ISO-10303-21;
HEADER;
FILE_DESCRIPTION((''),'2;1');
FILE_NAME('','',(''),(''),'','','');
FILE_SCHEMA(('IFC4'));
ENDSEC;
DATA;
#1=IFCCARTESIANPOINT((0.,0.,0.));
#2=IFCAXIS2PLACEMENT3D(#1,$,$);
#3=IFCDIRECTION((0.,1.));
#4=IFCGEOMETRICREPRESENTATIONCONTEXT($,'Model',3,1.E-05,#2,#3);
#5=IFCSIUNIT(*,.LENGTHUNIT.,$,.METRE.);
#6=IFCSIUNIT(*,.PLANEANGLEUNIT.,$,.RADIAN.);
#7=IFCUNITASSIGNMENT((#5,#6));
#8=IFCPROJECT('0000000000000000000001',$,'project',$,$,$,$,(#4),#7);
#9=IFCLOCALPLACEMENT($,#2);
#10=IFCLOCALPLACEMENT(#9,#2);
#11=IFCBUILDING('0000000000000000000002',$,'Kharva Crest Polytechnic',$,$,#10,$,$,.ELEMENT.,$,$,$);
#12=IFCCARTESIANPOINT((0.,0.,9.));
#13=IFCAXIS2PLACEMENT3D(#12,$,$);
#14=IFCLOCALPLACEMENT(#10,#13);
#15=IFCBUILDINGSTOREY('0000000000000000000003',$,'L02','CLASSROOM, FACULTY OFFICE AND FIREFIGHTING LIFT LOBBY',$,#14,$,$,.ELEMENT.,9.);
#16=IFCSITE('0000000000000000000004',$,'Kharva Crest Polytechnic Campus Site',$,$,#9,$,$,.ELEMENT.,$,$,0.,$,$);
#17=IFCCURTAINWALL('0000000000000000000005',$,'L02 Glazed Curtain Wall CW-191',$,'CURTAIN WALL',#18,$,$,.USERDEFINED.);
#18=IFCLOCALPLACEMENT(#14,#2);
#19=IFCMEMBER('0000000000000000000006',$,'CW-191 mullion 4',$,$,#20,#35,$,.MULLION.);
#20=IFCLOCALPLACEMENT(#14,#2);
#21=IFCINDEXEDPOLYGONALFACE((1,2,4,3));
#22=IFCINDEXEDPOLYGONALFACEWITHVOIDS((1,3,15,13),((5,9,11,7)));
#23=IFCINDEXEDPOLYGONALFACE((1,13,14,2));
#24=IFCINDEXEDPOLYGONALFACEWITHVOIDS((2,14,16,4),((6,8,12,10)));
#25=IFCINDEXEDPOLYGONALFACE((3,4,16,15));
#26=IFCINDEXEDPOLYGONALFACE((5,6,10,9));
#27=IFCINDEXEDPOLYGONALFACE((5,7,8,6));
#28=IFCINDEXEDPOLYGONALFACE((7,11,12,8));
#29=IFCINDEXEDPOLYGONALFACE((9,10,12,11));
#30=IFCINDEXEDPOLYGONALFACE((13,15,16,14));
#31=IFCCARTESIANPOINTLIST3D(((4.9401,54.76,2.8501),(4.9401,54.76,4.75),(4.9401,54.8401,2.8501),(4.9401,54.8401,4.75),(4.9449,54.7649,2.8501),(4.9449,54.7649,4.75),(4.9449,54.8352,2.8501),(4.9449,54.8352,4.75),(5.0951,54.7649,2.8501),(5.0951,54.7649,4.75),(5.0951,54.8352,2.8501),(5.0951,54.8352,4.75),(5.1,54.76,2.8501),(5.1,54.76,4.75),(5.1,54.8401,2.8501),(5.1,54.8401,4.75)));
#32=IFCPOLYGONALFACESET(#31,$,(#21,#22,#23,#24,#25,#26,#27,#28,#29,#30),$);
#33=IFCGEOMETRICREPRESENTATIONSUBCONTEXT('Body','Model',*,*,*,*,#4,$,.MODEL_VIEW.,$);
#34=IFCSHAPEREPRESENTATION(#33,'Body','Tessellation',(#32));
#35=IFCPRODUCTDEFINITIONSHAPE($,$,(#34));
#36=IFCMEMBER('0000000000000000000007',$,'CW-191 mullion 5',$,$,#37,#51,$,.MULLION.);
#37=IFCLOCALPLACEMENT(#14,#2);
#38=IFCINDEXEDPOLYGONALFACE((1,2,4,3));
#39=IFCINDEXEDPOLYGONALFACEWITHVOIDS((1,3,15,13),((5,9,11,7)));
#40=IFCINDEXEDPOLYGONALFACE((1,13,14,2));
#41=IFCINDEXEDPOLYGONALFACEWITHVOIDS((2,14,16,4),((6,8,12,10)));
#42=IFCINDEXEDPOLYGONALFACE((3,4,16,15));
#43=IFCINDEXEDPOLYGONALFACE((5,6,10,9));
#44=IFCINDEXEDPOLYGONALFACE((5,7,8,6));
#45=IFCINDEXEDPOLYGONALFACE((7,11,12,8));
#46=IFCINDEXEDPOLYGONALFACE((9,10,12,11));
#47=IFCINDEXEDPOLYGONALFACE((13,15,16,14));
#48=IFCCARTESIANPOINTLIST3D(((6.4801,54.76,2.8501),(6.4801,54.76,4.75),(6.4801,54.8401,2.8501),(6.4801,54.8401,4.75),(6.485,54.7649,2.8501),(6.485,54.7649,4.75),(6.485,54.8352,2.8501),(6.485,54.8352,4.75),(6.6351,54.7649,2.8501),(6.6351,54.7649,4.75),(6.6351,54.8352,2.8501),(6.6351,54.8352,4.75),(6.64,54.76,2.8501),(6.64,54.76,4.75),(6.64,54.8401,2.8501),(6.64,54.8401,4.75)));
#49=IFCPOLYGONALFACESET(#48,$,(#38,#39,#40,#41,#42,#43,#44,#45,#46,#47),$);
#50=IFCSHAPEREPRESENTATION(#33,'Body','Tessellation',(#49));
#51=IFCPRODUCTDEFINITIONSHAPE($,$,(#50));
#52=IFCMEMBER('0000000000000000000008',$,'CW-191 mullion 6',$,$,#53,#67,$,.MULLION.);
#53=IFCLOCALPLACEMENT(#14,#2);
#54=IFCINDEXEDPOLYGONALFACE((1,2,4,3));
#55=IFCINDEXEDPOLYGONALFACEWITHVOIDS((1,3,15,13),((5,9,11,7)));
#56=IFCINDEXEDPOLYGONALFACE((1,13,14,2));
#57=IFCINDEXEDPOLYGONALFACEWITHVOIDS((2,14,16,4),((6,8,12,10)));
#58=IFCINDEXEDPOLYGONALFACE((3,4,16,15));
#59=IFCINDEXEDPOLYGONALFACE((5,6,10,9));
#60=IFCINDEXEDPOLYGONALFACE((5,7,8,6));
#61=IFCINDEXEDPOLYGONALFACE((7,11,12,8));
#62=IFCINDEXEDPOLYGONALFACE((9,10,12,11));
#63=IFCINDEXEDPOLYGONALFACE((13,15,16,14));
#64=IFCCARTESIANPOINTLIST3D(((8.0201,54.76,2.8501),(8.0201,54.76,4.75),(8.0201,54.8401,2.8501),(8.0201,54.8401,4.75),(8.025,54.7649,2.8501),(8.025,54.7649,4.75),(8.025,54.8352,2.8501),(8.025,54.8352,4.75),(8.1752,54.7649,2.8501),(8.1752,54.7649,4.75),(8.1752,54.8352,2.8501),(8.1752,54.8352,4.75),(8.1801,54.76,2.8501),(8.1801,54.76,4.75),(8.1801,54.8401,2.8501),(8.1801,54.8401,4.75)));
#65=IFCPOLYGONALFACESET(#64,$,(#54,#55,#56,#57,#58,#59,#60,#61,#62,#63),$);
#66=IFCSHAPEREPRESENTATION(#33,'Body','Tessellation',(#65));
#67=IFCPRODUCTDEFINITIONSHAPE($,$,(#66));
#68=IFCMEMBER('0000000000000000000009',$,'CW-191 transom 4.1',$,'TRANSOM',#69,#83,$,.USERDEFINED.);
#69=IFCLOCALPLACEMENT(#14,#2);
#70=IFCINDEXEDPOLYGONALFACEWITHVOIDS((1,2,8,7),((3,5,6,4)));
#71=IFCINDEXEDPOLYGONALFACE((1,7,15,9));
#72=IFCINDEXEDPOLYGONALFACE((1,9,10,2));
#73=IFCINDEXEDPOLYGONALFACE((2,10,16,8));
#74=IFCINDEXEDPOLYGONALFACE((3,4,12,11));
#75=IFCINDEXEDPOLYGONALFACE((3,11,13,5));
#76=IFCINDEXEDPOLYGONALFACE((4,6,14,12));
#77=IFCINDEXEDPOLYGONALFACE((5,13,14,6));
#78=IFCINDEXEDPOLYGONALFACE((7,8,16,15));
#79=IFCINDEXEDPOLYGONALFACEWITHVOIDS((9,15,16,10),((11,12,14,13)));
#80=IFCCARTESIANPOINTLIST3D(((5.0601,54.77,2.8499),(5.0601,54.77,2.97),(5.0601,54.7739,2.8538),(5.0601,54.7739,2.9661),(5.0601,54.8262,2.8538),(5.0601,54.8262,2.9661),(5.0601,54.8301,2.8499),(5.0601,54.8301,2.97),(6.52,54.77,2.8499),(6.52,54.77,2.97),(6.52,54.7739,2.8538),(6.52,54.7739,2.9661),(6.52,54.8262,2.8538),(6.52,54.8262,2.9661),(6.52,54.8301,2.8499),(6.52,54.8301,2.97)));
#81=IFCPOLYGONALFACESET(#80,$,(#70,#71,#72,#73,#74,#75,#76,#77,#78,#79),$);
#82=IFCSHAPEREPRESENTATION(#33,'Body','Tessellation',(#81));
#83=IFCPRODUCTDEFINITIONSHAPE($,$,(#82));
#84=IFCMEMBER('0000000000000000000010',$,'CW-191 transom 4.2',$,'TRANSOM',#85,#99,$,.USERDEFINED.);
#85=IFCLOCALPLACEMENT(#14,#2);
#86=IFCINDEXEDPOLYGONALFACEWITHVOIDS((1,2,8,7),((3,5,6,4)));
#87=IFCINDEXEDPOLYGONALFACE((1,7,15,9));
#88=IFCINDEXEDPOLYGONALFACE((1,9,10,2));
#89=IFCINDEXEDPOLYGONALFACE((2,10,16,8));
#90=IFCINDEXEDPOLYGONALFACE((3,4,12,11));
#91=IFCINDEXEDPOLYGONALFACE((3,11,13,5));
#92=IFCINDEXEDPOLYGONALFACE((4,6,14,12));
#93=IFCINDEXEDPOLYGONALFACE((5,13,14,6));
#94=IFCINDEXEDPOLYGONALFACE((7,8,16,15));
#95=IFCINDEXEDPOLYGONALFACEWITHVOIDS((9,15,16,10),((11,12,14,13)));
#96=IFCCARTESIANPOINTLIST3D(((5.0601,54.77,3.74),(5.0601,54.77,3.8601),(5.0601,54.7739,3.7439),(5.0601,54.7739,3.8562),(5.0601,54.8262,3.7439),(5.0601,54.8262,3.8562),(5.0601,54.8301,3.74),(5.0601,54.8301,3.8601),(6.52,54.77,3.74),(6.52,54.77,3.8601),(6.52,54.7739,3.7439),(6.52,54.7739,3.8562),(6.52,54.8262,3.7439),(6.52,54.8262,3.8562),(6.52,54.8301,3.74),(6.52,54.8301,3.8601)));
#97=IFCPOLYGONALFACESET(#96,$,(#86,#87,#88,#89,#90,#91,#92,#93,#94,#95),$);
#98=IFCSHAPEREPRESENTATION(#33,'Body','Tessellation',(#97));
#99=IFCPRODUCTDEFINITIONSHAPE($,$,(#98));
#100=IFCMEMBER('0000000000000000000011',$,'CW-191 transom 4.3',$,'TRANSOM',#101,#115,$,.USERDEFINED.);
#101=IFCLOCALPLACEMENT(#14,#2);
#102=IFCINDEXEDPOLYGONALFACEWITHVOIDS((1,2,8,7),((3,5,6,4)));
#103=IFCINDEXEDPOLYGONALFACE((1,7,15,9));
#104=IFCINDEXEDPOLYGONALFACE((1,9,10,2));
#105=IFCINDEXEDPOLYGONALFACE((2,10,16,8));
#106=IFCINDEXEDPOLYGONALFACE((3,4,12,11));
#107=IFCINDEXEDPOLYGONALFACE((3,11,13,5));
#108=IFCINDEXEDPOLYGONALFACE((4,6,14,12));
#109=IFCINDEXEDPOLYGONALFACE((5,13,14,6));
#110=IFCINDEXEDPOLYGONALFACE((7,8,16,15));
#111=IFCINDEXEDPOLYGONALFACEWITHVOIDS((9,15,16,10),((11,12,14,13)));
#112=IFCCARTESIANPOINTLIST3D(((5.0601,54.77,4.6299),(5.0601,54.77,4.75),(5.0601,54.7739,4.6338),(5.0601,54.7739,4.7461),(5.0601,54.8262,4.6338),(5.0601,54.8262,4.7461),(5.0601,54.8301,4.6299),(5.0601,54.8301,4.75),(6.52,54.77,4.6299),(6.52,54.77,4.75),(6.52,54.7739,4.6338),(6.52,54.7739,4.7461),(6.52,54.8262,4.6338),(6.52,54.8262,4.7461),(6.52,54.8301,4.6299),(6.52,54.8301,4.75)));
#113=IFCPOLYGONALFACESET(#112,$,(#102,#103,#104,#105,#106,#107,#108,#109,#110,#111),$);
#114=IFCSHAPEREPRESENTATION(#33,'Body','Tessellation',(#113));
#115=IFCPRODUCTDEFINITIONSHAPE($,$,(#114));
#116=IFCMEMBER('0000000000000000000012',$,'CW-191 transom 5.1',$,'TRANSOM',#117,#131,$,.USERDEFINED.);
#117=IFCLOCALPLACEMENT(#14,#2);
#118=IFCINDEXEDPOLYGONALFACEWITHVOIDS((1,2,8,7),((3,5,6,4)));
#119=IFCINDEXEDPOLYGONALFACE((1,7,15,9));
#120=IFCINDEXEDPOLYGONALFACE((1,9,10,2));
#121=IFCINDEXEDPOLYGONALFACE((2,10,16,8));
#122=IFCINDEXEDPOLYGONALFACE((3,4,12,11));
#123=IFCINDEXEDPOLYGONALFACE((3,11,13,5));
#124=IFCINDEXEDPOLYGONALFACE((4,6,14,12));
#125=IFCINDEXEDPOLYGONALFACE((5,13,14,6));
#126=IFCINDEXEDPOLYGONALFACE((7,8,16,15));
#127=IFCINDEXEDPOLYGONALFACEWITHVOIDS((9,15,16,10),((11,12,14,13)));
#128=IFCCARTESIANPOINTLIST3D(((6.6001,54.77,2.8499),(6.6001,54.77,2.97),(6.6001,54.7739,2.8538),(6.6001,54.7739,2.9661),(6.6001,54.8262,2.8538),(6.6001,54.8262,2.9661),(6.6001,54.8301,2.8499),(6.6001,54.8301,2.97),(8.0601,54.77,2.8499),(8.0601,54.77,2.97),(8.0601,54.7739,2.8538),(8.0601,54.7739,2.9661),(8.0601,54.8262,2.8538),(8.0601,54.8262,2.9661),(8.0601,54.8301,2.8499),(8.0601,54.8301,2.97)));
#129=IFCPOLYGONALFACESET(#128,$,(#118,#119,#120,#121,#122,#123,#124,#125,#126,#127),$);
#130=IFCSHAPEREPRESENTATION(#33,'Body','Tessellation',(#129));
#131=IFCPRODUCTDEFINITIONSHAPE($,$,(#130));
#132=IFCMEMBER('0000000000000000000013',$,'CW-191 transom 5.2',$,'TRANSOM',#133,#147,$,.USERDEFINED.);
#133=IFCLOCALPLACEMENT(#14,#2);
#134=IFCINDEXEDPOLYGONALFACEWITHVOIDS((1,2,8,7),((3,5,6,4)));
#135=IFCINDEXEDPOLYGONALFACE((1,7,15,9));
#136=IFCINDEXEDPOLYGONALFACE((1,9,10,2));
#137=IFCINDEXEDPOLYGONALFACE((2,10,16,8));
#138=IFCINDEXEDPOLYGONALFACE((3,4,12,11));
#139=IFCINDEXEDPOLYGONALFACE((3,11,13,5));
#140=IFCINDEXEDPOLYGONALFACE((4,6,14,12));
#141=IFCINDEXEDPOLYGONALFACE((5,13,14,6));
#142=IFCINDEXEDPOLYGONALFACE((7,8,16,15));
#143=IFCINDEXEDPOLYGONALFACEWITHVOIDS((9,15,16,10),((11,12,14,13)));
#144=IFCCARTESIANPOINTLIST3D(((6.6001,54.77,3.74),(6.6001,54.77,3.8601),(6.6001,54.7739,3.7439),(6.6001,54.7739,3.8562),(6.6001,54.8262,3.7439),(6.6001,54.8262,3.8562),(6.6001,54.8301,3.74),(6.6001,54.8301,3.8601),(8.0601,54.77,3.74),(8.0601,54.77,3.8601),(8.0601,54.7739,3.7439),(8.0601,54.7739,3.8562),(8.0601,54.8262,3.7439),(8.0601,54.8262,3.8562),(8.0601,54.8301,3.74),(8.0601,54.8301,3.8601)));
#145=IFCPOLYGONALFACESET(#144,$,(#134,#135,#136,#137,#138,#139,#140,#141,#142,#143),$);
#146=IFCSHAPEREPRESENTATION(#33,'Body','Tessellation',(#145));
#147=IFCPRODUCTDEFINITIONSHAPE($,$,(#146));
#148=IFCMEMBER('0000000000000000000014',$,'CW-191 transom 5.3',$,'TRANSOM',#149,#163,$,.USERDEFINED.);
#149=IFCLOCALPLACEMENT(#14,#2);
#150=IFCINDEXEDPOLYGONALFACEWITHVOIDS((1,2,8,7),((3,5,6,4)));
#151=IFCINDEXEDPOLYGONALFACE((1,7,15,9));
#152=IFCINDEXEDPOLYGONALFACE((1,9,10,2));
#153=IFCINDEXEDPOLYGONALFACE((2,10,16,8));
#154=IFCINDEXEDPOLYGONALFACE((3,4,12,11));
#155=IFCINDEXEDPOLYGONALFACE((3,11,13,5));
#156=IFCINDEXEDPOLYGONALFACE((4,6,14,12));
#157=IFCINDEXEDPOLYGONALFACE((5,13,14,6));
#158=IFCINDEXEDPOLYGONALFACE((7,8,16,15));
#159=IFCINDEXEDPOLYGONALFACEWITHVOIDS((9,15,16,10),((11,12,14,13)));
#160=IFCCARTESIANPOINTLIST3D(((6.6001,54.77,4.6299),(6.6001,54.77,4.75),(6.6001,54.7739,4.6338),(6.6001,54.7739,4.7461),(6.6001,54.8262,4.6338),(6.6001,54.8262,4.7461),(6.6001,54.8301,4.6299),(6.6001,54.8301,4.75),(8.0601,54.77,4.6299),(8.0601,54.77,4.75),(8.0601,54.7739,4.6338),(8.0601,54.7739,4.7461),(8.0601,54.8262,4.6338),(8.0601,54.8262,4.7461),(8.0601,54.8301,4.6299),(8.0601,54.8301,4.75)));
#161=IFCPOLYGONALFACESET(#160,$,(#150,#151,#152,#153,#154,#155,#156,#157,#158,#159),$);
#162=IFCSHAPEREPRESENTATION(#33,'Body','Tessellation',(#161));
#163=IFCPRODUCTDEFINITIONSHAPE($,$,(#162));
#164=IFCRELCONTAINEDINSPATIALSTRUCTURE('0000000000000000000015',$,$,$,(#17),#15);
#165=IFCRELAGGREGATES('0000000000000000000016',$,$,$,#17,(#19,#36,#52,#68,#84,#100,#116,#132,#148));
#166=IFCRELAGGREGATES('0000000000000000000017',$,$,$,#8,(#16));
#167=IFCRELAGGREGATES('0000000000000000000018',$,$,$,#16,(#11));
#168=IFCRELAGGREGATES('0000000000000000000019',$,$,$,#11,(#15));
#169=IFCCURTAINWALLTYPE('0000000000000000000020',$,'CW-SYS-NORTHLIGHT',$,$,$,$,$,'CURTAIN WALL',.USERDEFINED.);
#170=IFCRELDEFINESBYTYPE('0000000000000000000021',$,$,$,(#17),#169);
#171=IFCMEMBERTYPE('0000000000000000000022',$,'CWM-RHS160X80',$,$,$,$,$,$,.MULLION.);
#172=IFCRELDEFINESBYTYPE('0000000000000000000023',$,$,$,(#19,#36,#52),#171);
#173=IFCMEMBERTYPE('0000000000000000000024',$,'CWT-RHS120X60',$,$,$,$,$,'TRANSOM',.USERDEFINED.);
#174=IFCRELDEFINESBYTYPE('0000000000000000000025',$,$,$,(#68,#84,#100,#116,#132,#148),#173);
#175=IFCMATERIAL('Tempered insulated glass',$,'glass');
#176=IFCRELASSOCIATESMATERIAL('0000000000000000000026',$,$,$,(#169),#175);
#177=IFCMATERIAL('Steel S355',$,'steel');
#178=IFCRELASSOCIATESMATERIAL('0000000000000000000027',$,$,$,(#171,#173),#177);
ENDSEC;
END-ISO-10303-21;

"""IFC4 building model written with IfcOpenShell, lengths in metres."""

from ifc_helpers import new_model, si_unit, direction, frame, origin, origin_2d, place, context, subcontext, project, spatial, hollow_rectangle, extrude, material, material_profile, profile_set, type_object, element, aggregate, save


model = new_model("IFC4")

# Units and contexts
model_context = context("Model", 3, precision=1e-05, world=origin(), true_north=direction((0.0, 1.0)))
body_context = subcontext(model_context, "Body", "Model", "MODEL_VIEW")
ifc_project = project(units=[si_unit("LENGTHUNIT", "METRE"), si_unit("PLANEANGLEUNIT", "RADIAN")], contexts=[model_context])

# Site, building, storey
site_placement = place(None, origin())
site = spatial("IfcSite", under=ifc_project, at=site_placement, Name="Kharva Crest Polytechnic Campus Site", CompositionType="ELEMENT", RefElevation=0.0)
building_placement = place(site_placement, origin())
building = spatial("IfcBuilding", under=site, at=building_placement, Name="Kharva Crest Polytechnic", CompositionType="ELEMENT")
storey_placement = place(building_placement, frame((0.0, 0.0, 9.0)))
storey = spatial("IfcBuildingStorey", under=building, at=storey_placement, Name="L02", Description="CLASSROOM, FACULTY OFFICE AND FIREFIGHTING LIFT LOBBY", CompositionType="ELEMENT", Elevation=9.0)

# Curtain wall, members
ifc_material_1 = material(Name="Tempered insulated glass", Category="glass")
curtain_wall_type = type_object("IfcCurtainWallType", Name="CW-SYS-NORTHLIGHT", ElementType="CURTAIN WALL", PredefinedType="USERDEFINED", material=ifc_material_1)
curtain_wall_placement = place(storey_placement, origin())
curtain_wall = element("IfcCurtainWall", 1, at=curtain_wall_placement, inside=storey, type_object=curtain_wall_type, Name="L02 Glazed Curtain Wall CW-191", ObjectType="CURTAIN WALL", PredefinedType="USERDEFINED")
ifc_material_2 = material(Name="Steel S355", Category="steel")
ifc_material_profile_1 = material_profile(ifc_material_2, hollow_rectangle(XDim=0.0801, YDim=0.1599, WallThickness=0.0049, at=origin_2d()), Name="RHS 160X80X5.0")
ifc_profile_set_1 = profile_set([ifc_material_profile_1], Name="Steel S355")
member_type_1 = type_object("IfcMemberType", Name="CWM-RHS160X80", PredefinedType="MULLION", material=ifc_profile_set_1)
member_1_placement = place(storey_placement, frame((5.02, 54.8, 2.8501), z_axis=(0.0, 0.0, 1.0), x_axis=(0.0, 1.0, 0.0)))
member_1 = element("IfcMember", 2, at=member_1_placement, type_object=member_type_1, Name="CW-191 mullion 4", PredefinedType="MULLION", context=body_context, shape_type="SweptSolid", body=[
    extrude(hollow_rectangle(XDim=0.0801, YDim=0.1599, WallThickness=0.0049, at=origin_2d()), origin(), (0.0, 0.0, 1.0), 1.8999),
])
member_2_placement = place(storey_placement, frame((6.5601, 54.8, 2.8501), z_axis=(0.0, 0.0, 1.0), x_axis=(0.0, 1.0, 0.0)))
member_2 = element("IfcMember", 3, at=member_2_placement, type_object=member_type_1, Name="CW-191 mullion 5", PredefinedType="MULLION", context=body_context, shape_type="SweptSolid", body=[
    extrude(hollow_rectangle(XDim=0.0801, YDim=0.1599, WallThickness=0.0049, at=origin_2d()), origin(), (0.0, 0.0, 1.0), 1.8999),
])
member_3_placement = place(storey_placement, frame((8.1001, 54.8, 2.8501), z_axis=(0.0, 0.0, 1.0), x_axis=(0.0, 1.0, 0.0)))
member_3 = element("IfcMember", 4, at=member_3_placement, type_object=member_type_1, Name="CW-191 mullion 6", PredefinedType="MULLION", context=body_context, shape_type="SweptSolid", body=[
    extrude(hollow_rectangle(XDim=0.0801, YDim=0.1599, WallThickness=0.0049, at=origin_2d()), origin(), (0.0, 0.0, 1.0), 1.8999),
])
ifc_material_profile_2 = material_profile(ifc_material_2, hollow_rectangle(XDim=0.0601, YDim=0.1201, WallThickness=0.0039, at=origin_2d()), Name="RHS 120X60X4.0")
ifc_profile_set_2 = profile_set([ifc_material_profile_2], Name="Steel S355")
member_type_2 = type_object("IfcMemberType", Name="CWT-RHS120X60", ElementType="TRANSOM", PredefinedType="USERDEFINED", material=ifc_profile_set_2)
member_4_placement = place(storey_placement, frame((5.0601, 54.8, 2.9099), z_axis=(1.0, 0.0, 0.0), x_axis=(0.0, 1.0, 0.0)))
member_4 = element("IfcMember", 5, at=member_4_placement, type_object=member_type_2, Name="CW-191 transom 4.1", ObjectType="TRANSOM", PredefinedType="USERDEFINED", context=body_context, shape_type="SweptSolid", body=[
    extrude(hollow_rectangle(XDim=0.0601, YDim=0.1201, WallThickness=0.0039, at=origin_2d()), origin(), (0.0, 0.0, 1.0), 1.46),
])
member_5_placement = place(storey_placement, frame((5.0601, 54.8, 3.8), z_axis=(1.0, 0.0, 0.0), x_axis=(0.0, 1.0, 0.0)))
member_5 = element("IfcMember", 6, at=member_5_placement, type_object=member_type_2, Name="CW-191 transom 4.2", ObjectType="TRANSOM", PredefinedType="USERDEFINED", context=body_context, shape_type="SweptSolid", body=[
    extrude(hollow_rectangle(XDim=0.0601, YDim=0.1201, WallThickness=0.0039, at=origin_2d()), origin(), (0.0, 0.0, 1.0), 1.46),
])
member_6_placement = place(storey_placement, frame((5.0601, 54.8, 4.6899), z_axis=(1.0, 0.0, 0.0), x_axis=(0.0, 1.0, 0.0)))
member_6 = element("IfcMember", 7, at=member_6_placement, type_object=member_type_2, Name="CW-191 transom 4.3", ObjectType="TRANSOM", PredefinedType="USERDEFINED", context=body_context, shape_type="SweptSolid", body=[
    extrude(hollow_rectangle(XDim=0.0601, YDim=0.1201, WallThickness=0.0039, at=origin_2d()), origin(), (0.0, 0.0, 1.0), 1.46),
])
member_7_placement = place(storey_placement, frame((6.6001, 54.8, 2.9099), z_axis=(1.0, 0.0, 0.0), x_axis=(0.0, 1.0, 0.0)))
member_7 = element("IfcMember", 8, at=member_7_placement, type_object=member_type_2, Name="CW-191 transom 5.1", ObjectType="TRANSOM", PredefinedType="USERDEFINED", context=body_context, shape_type="SweptSolid", body=[
    extrude(hollow_rectangle(XDim=0.0601, YDim=0.1201, WallThickness=0.0039, at=origin_2d()), origin(), (0.0, 0.0, 1.0), 1.46),
])
member_8_placement = place(storey_placement, frame((6.6001, 54.8, 3.8), z_axis=(1.0, 0.0, 0.0), x_axis=(0.0, 1.0, 0.0)))
member_8 = element("IfcMember", 9, at=member_8_placement, type_object=member_type_2, Name="CW-191 transom 5.2", ObjectType="TRANSOM", PredefinedType="USERDEFINED", context=body_context, shape_type="SweptSolid", body=[
    extrude(hollow_rectangle(XDim=0.0601, YDim=0.1201, WallThickness=0.0039, at=origin_2d()), origin(), (0.0, 0.0, 1.0), 1.46),
])
member_9_placement = place(storey_placement, frame((6.6001, 54.8, 4.6899), z_axis=(1.0, 0.0, 0.0), x_axis=(0.0, 1.0, 0.0)))
member_9 = element("IfcMember", 10, at=member_9_placement, type_object=member_type_2, Name="CW-191 transom 5.3", ObjectType="TRANSOM", PredefinedType="USERDEFINED", context=body_context, shape_type="SweptSolid", body=[
    extrude(hollow_rectangle(XDim=0.0601, YDim=0.1201, WallThickness=0.0039, at=origin_2d()), origin(), (0.0, 0.0, 1.0), 1.46),
])

aggregate(curtain_wall, [member_1, member_2, member_3, member_4, member_5, member_6, member_7, member_8, member_9])

save(model, "model.ifc")
